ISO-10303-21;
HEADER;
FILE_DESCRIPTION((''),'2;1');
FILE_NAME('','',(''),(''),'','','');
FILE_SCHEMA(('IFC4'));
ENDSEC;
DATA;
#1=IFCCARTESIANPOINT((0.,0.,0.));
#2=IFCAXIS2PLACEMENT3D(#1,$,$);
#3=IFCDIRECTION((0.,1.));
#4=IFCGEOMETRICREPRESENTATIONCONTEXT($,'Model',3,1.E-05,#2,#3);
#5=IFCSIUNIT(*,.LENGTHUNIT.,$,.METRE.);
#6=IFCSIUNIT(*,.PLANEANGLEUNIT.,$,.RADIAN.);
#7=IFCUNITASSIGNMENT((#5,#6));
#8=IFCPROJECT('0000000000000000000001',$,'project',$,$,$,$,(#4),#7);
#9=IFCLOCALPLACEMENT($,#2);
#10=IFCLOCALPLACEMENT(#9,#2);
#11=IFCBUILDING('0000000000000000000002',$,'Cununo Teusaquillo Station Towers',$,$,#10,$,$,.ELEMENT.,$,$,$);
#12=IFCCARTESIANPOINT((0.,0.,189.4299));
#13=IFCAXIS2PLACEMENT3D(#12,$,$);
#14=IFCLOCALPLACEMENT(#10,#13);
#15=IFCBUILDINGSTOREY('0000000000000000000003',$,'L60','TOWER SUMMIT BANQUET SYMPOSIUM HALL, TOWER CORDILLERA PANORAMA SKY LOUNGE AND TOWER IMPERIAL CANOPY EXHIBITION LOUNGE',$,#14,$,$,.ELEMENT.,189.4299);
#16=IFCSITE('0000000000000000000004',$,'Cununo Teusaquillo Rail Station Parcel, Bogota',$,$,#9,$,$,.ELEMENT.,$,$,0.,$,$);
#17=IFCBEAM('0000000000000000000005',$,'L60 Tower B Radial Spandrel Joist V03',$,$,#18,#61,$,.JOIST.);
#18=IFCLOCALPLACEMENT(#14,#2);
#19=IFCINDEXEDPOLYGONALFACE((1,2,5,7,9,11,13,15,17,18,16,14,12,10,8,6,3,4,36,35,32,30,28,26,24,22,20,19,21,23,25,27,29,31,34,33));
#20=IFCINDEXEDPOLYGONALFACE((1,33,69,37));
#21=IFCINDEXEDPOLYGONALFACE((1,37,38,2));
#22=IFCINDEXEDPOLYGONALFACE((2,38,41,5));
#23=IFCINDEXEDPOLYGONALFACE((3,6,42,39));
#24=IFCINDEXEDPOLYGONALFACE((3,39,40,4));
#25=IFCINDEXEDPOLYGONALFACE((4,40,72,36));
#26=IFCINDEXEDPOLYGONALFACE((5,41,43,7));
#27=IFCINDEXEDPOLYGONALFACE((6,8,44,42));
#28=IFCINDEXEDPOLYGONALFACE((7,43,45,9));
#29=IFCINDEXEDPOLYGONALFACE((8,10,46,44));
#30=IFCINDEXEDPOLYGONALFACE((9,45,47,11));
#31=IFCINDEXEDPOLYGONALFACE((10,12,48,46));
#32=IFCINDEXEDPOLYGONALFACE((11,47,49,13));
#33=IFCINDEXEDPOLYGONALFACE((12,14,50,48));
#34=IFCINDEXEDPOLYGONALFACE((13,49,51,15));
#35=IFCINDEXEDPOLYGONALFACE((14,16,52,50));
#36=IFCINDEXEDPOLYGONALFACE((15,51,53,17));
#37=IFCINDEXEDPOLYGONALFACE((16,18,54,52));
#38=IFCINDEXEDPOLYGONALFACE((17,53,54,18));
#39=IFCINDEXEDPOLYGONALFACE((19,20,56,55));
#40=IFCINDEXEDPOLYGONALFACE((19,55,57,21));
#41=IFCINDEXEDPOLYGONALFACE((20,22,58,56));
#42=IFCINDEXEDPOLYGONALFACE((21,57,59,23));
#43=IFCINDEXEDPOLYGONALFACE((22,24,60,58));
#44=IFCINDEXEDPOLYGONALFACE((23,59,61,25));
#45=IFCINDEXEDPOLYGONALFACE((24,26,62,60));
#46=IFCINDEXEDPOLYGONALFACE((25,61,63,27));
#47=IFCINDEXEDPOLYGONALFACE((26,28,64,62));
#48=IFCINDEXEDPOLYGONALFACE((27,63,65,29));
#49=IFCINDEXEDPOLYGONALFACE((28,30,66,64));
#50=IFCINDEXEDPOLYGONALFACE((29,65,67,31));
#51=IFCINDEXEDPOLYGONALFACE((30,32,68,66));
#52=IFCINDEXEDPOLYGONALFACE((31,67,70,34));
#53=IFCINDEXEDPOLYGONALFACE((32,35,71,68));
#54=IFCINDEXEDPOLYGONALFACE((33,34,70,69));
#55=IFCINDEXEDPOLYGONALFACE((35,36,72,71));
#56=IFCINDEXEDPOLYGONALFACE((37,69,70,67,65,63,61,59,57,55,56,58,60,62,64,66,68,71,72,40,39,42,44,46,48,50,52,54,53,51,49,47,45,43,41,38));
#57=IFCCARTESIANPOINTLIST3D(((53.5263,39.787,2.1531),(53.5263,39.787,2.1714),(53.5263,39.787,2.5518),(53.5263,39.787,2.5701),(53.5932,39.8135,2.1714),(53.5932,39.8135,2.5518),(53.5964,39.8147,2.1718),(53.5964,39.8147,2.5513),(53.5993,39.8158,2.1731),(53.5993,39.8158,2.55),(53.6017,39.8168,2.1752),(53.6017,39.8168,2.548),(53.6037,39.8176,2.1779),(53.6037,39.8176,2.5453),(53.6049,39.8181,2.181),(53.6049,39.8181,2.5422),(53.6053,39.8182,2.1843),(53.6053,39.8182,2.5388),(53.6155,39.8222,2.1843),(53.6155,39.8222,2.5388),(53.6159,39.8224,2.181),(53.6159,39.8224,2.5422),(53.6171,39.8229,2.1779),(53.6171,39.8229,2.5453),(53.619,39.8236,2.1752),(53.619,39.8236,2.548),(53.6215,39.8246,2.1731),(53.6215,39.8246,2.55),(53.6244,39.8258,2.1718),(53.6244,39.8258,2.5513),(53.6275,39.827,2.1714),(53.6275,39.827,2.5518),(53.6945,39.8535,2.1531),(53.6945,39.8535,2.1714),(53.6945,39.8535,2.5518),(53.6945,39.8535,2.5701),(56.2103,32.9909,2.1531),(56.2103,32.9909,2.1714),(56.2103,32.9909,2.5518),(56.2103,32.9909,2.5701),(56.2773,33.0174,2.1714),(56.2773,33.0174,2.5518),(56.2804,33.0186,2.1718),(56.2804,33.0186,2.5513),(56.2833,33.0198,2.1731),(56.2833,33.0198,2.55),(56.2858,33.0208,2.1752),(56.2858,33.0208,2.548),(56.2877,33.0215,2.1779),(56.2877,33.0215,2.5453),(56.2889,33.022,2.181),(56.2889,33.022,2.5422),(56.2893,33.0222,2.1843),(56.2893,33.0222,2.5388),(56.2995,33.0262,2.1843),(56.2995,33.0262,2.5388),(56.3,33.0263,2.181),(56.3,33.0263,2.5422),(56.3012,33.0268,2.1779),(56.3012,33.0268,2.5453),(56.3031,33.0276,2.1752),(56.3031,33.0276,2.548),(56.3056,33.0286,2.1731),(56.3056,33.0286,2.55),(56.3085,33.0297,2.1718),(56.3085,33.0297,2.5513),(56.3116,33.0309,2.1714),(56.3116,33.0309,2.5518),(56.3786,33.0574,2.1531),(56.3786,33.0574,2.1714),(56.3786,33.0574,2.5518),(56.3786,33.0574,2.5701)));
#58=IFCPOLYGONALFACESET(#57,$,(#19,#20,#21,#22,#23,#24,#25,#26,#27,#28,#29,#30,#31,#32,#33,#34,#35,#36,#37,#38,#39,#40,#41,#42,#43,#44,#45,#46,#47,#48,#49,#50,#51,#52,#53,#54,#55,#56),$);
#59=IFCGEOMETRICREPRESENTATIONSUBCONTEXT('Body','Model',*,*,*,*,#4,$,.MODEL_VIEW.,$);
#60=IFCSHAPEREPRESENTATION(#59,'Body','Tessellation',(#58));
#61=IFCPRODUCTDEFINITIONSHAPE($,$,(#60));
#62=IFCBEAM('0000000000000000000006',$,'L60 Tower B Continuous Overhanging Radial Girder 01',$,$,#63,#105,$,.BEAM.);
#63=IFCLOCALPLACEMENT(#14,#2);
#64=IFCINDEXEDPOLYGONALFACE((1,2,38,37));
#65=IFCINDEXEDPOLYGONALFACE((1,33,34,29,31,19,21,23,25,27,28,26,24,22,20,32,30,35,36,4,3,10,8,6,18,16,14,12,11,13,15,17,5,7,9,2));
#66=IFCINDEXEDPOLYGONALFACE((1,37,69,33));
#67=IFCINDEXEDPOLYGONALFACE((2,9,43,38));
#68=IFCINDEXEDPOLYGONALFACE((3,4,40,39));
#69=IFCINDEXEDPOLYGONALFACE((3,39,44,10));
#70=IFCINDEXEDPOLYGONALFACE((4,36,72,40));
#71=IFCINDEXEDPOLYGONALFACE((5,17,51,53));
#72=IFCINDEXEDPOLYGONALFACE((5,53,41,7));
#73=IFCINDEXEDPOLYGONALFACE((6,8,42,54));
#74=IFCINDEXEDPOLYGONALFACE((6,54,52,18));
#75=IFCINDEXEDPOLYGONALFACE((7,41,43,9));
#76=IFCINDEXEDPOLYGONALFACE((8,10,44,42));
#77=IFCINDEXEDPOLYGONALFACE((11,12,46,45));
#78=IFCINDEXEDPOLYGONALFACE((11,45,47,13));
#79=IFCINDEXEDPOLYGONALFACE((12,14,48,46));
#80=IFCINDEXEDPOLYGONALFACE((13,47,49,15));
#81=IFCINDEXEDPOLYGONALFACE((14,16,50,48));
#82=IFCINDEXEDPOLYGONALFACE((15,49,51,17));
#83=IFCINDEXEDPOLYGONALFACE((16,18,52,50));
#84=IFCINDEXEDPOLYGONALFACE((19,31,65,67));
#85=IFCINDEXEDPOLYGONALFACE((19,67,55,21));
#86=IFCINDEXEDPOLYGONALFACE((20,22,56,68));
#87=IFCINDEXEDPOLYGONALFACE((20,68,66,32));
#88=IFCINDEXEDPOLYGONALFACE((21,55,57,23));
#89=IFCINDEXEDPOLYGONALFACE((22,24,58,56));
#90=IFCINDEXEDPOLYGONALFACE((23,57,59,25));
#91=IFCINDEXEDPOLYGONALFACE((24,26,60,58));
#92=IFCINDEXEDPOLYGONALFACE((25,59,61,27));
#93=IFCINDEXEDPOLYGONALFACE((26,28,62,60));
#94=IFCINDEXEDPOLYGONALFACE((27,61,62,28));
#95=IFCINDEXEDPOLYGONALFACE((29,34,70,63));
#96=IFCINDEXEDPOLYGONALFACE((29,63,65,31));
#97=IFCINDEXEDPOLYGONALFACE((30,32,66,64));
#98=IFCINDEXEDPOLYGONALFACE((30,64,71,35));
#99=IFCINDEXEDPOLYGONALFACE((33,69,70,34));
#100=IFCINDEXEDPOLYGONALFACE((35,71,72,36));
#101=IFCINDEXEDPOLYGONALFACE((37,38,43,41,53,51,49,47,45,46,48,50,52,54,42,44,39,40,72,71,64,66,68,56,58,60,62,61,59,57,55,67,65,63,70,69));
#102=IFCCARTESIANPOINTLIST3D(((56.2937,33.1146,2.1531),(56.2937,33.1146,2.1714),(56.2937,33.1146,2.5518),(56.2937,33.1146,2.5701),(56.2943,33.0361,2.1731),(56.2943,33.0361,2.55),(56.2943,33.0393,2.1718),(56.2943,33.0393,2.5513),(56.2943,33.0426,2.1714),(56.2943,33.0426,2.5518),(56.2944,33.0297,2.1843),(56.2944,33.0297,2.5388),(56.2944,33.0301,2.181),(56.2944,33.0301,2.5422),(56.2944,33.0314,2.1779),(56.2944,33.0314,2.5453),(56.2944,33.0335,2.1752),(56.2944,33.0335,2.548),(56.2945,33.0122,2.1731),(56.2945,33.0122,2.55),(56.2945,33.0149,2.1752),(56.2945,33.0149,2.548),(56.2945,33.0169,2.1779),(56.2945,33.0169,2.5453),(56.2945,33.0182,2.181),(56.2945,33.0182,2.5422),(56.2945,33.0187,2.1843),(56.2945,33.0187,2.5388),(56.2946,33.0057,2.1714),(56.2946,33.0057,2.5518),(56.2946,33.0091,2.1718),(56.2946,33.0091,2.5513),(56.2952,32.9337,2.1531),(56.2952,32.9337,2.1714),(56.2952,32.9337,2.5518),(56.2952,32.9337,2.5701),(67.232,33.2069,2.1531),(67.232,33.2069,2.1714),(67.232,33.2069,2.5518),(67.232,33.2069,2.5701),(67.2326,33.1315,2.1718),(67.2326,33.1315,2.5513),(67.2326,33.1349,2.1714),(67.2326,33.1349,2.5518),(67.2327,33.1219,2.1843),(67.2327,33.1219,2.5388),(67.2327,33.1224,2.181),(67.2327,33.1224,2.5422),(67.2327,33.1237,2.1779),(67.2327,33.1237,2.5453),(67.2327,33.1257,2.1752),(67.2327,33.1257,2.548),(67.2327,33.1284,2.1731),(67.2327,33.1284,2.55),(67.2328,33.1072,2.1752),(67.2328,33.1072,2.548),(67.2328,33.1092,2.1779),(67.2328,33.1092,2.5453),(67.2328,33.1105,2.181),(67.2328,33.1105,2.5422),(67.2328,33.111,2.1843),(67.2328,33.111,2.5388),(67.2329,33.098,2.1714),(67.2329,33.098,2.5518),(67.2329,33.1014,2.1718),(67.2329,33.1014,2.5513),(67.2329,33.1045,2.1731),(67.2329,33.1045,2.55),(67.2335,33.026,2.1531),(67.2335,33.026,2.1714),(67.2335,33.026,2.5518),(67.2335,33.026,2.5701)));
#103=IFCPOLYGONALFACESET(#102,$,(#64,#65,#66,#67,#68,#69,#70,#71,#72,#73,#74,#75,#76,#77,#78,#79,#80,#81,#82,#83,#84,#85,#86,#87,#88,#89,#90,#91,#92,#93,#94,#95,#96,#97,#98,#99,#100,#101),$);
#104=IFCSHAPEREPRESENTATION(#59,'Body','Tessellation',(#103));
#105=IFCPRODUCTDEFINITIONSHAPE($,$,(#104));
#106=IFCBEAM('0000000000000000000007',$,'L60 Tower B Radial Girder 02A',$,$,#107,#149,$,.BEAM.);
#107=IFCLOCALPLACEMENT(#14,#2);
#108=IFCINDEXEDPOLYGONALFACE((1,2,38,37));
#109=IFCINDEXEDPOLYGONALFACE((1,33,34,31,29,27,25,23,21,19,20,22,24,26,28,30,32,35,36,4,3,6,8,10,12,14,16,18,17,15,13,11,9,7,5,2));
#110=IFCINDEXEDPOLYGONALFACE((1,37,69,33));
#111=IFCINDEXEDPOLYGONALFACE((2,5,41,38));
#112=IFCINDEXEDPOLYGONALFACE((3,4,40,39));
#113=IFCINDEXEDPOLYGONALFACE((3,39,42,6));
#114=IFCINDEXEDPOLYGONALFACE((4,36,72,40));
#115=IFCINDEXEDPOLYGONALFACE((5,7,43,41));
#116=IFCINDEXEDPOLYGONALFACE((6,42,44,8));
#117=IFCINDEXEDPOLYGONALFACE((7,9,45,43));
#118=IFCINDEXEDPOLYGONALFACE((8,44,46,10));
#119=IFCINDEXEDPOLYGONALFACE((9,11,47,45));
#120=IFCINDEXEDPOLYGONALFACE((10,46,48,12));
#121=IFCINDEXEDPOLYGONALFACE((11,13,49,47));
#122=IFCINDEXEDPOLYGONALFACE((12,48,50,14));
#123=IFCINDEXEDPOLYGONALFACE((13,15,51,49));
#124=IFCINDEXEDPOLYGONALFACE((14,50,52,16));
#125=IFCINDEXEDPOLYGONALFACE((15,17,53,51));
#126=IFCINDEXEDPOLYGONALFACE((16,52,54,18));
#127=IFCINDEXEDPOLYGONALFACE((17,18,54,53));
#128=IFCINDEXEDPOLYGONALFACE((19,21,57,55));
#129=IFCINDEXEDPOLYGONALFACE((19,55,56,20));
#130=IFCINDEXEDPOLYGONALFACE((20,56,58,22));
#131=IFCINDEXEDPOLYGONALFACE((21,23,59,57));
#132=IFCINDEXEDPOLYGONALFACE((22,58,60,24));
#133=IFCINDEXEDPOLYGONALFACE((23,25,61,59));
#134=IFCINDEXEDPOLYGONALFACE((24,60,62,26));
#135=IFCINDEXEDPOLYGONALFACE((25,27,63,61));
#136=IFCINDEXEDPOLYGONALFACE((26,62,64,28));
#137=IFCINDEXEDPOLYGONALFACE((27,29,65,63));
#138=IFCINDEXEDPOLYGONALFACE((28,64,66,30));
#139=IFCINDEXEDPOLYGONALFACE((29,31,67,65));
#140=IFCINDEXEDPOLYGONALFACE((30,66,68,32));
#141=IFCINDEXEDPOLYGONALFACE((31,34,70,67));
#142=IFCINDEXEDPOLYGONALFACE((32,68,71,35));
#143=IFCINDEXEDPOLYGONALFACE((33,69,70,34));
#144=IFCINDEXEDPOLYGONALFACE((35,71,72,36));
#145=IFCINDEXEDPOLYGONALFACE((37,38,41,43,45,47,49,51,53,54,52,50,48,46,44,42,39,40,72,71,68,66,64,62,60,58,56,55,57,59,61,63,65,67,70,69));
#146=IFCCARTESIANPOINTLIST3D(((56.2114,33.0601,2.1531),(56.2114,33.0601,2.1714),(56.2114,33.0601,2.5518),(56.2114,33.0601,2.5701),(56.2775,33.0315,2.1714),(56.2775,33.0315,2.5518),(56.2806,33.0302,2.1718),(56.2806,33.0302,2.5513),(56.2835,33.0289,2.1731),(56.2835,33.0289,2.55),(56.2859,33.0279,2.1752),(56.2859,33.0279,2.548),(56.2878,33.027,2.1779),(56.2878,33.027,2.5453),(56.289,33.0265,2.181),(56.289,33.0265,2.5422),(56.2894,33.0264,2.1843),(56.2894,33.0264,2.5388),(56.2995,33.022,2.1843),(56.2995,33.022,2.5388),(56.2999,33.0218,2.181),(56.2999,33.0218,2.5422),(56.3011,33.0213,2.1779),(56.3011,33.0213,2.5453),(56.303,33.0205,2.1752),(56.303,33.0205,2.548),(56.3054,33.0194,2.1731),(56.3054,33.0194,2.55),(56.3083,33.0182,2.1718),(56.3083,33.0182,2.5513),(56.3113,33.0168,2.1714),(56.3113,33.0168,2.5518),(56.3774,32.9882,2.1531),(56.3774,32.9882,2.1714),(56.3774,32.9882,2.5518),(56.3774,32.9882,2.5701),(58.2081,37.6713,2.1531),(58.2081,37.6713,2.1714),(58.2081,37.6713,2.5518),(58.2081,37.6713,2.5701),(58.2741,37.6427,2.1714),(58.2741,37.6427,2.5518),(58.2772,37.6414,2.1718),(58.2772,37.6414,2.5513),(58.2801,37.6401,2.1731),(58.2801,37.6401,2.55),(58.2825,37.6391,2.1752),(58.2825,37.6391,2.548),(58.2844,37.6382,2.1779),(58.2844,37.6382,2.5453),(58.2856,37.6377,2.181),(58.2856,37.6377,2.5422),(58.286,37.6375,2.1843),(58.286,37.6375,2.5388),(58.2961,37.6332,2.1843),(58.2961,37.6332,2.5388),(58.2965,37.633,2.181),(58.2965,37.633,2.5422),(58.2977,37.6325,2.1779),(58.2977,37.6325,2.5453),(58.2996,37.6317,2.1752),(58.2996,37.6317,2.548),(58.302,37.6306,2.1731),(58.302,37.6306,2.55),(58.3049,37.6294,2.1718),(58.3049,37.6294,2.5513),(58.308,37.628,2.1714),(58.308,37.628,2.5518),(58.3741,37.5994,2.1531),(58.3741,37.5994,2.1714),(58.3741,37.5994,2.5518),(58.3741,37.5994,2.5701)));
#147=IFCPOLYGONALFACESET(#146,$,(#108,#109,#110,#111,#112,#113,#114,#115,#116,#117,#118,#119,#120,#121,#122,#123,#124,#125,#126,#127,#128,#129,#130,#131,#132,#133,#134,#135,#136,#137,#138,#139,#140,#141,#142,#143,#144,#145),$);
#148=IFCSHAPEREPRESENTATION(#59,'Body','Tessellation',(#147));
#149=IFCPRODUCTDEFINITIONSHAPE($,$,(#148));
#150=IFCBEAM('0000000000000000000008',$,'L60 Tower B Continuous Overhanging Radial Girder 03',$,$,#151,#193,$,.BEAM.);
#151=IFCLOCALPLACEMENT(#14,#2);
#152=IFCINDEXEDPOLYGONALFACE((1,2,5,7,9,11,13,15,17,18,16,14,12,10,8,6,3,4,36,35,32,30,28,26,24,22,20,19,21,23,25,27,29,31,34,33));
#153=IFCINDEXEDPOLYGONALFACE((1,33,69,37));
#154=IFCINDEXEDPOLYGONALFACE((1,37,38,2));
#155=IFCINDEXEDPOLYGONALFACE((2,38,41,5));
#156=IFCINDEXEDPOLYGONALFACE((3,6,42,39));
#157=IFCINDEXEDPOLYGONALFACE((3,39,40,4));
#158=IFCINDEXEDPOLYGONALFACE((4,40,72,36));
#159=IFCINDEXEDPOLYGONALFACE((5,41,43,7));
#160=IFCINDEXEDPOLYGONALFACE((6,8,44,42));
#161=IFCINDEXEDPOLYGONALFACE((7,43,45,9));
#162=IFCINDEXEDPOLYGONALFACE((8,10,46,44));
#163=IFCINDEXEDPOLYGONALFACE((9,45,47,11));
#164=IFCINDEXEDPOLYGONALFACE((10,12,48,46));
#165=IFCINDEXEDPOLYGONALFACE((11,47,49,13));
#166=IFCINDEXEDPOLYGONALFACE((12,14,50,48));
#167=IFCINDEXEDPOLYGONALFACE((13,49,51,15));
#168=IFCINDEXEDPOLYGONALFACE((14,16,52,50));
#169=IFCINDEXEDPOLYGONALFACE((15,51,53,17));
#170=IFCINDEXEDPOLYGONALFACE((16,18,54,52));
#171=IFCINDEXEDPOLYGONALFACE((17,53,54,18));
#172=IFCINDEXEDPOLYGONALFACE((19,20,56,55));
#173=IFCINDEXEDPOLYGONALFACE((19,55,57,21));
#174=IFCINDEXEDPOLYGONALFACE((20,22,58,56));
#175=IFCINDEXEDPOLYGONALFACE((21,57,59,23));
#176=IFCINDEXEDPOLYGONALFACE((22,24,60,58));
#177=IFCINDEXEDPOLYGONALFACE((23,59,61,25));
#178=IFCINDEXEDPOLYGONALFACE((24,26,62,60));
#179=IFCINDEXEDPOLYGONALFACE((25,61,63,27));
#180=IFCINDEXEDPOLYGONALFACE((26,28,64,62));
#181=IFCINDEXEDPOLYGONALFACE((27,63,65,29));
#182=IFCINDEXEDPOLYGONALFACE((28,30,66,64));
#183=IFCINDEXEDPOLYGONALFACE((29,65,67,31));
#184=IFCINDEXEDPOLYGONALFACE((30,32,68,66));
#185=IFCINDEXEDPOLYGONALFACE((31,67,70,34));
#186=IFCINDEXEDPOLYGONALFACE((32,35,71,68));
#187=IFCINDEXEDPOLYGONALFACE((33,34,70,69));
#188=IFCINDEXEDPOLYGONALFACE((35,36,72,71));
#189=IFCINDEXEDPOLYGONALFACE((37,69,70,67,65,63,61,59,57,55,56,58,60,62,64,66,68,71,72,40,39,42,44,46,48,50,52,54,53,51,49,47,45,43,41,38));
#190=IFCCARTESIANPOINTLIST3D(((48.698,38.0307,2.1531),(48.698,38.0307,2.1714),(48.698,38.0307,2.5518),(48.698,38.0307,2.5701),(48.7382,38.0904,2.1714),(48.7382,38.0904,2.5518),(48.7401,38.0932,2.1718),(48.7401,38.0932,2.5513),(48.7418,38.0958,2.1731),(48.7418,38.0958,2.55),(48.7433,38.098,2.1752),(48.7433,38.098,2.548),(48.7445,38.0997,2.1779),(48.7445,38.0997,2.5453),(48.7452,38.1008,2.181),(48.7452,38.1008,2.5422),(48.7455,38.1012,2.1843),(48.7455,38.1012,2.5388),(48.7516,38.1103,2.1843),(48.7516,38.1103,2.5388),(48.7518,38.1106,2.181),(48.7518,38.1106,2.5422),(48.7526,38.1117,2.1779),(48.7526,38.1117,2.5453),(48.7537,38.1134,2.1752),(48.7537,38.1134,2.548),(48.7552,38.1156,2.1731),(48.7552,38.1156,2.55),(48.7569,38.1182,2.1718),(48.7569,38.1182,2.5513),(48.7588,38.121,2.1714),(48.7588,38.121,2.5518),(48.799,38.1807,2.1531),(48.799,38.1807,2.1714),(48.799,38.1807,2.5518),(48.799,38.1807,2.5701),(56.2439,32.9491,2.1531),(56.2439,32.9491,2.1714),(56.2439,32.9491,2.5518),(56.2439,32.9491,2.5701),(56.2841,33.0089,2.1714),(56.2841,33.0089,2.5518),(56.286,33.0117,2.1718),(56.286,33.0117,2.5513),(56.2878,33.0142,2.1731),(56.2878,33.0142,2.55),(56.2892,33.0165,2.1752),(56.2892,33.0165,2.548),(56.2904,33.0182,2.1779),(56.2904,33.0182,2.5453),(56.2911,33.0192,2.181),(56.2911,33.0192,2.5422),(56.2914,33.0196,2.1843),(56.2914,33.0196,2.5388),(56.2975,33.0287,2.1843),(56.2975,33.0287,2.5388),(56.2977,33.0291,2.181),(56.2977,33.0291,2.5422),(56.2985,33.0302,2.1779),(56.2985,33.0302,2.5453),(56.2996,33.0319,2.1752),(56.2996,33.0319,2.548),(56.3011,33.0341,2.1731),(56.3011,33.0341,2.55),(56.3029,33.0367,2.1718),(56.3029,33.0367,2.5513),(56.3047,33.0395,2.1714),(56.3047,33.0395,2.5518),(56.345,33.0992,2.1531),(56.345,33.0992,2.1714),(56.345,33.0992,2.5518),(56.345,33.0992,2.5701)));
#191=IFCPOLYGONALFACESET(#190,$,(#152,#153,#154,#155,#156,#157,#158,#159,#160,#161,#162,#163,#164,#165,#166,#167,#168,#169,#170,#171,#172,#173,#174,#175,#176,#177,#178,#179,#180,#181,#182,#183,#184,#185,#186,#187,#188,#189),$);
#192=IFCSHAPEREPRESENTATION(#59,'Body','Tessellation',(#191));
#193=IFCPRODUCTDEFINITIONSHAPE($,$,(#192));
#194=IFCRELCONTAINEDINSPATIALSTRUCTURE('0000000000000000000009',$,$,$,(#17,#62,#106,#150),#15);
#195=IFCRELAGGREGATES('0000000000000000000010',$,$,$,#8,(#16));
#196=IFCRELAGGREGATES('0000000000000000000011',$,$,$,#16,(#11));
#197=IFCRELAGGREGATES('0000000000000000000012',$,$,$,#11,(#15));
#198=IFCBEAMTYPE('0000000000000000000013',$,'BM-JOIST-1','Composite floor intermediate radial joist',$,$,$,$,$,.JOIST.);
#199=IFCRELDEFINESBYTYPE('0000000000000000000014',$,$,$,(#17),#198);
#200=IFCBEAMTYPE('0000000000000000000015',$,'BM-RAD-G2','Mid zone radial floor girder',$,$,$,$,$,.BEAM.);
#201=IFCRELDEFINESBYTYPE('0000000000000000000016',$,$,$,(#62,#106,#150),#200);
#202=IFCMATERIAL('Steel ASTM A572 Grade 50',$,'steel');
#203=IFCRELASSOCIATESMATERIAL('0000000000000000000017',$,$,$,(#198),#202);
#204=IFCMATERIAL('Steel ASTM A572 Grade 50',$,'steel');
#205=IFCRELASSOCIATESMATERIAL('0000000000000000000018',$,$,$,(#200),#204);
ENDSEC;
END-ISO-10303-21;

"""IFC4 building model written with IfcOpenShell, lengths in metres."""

from ifc_helpers import new_model, si_unit, direction, frame, origin, origin_2d, place, context, subcontext, project, spatial, i_section, extrude, material, material_profile, profile_set, type_object, element, save


model = new_model("IFC4")

# Units and contexts
model_context = context("Model", 3, precision=1e-05, world=origin(), true_north=direction((0.0, 1.0)))
body_context = subcontext(model_context, "Body", "Model", "MODEL_VIEW")
ifc_project = project(units=[si_unit("LENGTHUNIT", "METRE"), si_unit("PLANEANGLEUNIT", "RADIAN")], contexts=[model_context])

# Site, building, storey
site_placement = place(None, origin())
site = spatial("IfcSite", under=ifc_project, at=site_placement, Name="Cununo Teusaquillo Rail Station Parcel, Bogota", CompositionType="ELEMENT", RefElevation=0.0)
building_placement = place(site_placement, origin())
building = spatial("IfcBuilding", under=site, at=building_placement, Name="Cununo Teusaquillo Station Towers", CompositionType="ELEMENT")
storey_placement = place(building_placement, frame((0.0, 0.0, 189.4299)))
storey = spatial("IfcBuildingStorey", under=building, at=storey_placement, Name="L60", Description="TOWER SUMMIT BANQUET SYMPOSIUM HALL, TOWER CORDILLERA PANORAMA SKY LOUNGE AND TOWER IMPERIAL CANOPY EXHIBITION LOUNGE", CompositionType="ELEMENT", Elevation=189.4299)

# Beams
ifc_material_1 = material(Name="Steel ASTM A572 Grade 50", Category="steel")
ifc_material_profile_1 = material_profile(ifc_material_1, i_section(OverallWidth=0.1809, OverallDepth=0.417, WebThickness=0.011, FlangeThickness=0.0183, FilletRadius=0.0129, at=origin_2d()), Name="W16X57")
ifc_profile_set_1 = profile_set([ifc_material_profile_1], Name="Steel ASTM A572 Grade 50")
beam_type_1 = type_object("IfcBeamType", Name="BM-JOIST-1", Description="Composite floor intermediate radial joist", PredefinedType="JOIST", material=ifc_profile_set_1)
beam_1_placement = place(storey_placement, frame((56.2944, 33.0242, 2.3616), z_axis=(-0.367332, 0.93009, 0.0), x_axis=(-0.93009, -0.367332, 0.0)))
element("IfcBeam", 1, at=beam_1_placement, inside=storey, type_object=beam_type_1, Name="L60 Tower B Radial Spandrel Joist V03", PredefinedType="JOIST", context=body_context, shape_type="SweptSolid", body=[
    extrude(i_section(OverallWidth=0.1809, OverallDepth=0.417, WebThickness=0.011, FlangeThickness=0.0183, FilletRadius=0.0129, at=origin_2d()), origin(), (0.0, 0.0, 1.0), 7.3069),
])
ifc_material_2 = material(Name="Steel ASTM A572 Grade 50", Category="steel")
ifc_material_profile_2 = material_profile(ifc_material_2, i_section(OverallWidth=0.1809, OverallDepth=0.417, WebThickness=0.011, FlangeThickness=0.0183, FilletRadius=0.0129, at=origin_2d()), Name="W16X57")
ifc_profile_set_2 = profile_set([ifc_material_profile_2], Name="Steel ASTM A572 Grade 50")
beam_type_2 = type_object("IfcBeamType", Name="BM-RAD-G2", Description="Mid zone radial floor girder", PredefinedType="BEAM", material=ifc_profile_set_2)
beam_2_placement = place(storey_placement, frame((56.2944, 33.0242, 2.3616), z_axis=(0.999964, 0.008437, 0.0), x_axis=(-0.008437, 0.999964, 0.0)))
element("IfcBeam", 2, at=beam_2_placement, inside=storey, type_object=beam_type_2, Name="L60 Tower B Continuous Overhanging Radial Girder 01", PredefinedType="BEAM", context=body_context, shape_type="SweptSolid", body=[
    extrude(i_section(OverallWidth=0.1809, OverallDepth=0.417, WebThickness=0.011, FlangeThickness=0.0183, FilletRadius=0.0129, at=origin_2d()), origin(), (0.0, 0.0, 1.0), 10.9387),
])
beam_3_placement = place(storey_placement, frame((56.2944, 33.0242, 2.3616), z_axis=(0.397347, 0.917668, 0.0), x_axis=(-0.917668, 0.397347, 0.0)))
element("IfcBeam", 3, at=beam_3_placement, inside=storey, type_object=beam_type_2, Name="L60 Tower B Radial Girder 02A", PredefinedType="BEAM", context=body_context, shape_type="SweptSolid", body=[
    extrude(i_section(OverallWidth=0.1809, OverallDepth=0.417, WebThickness=0.011, FlangeThickness=0.0183, FilletRadius=0.0129, at=origin_2d()), origin(), (0.0, 0.0, 1.0), 5.0249),
])
beam_4_placement = place(storey_placement, frame((56.2944, 33.0242, 2.3616), z_axis=(-0.829457, 0.558571, 0.0), x_axis=(-0.558571, -0.829457, 0.0)))
element("IfcBeam", 4, at=beam_4_placement, inside=storey, type_object=beam_type_2, Name="L60 Tower B Continuous Overhanging Radial Girder 03", PredefinedType="BEAM", context=body_context, shape_type="SweptSolid", body=[
    extrude(i_section(OverallWidth=0.1809, OverallDepth=0.417, WebThickness=0.011, FlangeThickness=0.0183, FilletRadius=0.0129, at=origin_2d()), origin(), (0.0, 0.0, 1.0), 9.0974),
])

save(model, "model.ifc")
